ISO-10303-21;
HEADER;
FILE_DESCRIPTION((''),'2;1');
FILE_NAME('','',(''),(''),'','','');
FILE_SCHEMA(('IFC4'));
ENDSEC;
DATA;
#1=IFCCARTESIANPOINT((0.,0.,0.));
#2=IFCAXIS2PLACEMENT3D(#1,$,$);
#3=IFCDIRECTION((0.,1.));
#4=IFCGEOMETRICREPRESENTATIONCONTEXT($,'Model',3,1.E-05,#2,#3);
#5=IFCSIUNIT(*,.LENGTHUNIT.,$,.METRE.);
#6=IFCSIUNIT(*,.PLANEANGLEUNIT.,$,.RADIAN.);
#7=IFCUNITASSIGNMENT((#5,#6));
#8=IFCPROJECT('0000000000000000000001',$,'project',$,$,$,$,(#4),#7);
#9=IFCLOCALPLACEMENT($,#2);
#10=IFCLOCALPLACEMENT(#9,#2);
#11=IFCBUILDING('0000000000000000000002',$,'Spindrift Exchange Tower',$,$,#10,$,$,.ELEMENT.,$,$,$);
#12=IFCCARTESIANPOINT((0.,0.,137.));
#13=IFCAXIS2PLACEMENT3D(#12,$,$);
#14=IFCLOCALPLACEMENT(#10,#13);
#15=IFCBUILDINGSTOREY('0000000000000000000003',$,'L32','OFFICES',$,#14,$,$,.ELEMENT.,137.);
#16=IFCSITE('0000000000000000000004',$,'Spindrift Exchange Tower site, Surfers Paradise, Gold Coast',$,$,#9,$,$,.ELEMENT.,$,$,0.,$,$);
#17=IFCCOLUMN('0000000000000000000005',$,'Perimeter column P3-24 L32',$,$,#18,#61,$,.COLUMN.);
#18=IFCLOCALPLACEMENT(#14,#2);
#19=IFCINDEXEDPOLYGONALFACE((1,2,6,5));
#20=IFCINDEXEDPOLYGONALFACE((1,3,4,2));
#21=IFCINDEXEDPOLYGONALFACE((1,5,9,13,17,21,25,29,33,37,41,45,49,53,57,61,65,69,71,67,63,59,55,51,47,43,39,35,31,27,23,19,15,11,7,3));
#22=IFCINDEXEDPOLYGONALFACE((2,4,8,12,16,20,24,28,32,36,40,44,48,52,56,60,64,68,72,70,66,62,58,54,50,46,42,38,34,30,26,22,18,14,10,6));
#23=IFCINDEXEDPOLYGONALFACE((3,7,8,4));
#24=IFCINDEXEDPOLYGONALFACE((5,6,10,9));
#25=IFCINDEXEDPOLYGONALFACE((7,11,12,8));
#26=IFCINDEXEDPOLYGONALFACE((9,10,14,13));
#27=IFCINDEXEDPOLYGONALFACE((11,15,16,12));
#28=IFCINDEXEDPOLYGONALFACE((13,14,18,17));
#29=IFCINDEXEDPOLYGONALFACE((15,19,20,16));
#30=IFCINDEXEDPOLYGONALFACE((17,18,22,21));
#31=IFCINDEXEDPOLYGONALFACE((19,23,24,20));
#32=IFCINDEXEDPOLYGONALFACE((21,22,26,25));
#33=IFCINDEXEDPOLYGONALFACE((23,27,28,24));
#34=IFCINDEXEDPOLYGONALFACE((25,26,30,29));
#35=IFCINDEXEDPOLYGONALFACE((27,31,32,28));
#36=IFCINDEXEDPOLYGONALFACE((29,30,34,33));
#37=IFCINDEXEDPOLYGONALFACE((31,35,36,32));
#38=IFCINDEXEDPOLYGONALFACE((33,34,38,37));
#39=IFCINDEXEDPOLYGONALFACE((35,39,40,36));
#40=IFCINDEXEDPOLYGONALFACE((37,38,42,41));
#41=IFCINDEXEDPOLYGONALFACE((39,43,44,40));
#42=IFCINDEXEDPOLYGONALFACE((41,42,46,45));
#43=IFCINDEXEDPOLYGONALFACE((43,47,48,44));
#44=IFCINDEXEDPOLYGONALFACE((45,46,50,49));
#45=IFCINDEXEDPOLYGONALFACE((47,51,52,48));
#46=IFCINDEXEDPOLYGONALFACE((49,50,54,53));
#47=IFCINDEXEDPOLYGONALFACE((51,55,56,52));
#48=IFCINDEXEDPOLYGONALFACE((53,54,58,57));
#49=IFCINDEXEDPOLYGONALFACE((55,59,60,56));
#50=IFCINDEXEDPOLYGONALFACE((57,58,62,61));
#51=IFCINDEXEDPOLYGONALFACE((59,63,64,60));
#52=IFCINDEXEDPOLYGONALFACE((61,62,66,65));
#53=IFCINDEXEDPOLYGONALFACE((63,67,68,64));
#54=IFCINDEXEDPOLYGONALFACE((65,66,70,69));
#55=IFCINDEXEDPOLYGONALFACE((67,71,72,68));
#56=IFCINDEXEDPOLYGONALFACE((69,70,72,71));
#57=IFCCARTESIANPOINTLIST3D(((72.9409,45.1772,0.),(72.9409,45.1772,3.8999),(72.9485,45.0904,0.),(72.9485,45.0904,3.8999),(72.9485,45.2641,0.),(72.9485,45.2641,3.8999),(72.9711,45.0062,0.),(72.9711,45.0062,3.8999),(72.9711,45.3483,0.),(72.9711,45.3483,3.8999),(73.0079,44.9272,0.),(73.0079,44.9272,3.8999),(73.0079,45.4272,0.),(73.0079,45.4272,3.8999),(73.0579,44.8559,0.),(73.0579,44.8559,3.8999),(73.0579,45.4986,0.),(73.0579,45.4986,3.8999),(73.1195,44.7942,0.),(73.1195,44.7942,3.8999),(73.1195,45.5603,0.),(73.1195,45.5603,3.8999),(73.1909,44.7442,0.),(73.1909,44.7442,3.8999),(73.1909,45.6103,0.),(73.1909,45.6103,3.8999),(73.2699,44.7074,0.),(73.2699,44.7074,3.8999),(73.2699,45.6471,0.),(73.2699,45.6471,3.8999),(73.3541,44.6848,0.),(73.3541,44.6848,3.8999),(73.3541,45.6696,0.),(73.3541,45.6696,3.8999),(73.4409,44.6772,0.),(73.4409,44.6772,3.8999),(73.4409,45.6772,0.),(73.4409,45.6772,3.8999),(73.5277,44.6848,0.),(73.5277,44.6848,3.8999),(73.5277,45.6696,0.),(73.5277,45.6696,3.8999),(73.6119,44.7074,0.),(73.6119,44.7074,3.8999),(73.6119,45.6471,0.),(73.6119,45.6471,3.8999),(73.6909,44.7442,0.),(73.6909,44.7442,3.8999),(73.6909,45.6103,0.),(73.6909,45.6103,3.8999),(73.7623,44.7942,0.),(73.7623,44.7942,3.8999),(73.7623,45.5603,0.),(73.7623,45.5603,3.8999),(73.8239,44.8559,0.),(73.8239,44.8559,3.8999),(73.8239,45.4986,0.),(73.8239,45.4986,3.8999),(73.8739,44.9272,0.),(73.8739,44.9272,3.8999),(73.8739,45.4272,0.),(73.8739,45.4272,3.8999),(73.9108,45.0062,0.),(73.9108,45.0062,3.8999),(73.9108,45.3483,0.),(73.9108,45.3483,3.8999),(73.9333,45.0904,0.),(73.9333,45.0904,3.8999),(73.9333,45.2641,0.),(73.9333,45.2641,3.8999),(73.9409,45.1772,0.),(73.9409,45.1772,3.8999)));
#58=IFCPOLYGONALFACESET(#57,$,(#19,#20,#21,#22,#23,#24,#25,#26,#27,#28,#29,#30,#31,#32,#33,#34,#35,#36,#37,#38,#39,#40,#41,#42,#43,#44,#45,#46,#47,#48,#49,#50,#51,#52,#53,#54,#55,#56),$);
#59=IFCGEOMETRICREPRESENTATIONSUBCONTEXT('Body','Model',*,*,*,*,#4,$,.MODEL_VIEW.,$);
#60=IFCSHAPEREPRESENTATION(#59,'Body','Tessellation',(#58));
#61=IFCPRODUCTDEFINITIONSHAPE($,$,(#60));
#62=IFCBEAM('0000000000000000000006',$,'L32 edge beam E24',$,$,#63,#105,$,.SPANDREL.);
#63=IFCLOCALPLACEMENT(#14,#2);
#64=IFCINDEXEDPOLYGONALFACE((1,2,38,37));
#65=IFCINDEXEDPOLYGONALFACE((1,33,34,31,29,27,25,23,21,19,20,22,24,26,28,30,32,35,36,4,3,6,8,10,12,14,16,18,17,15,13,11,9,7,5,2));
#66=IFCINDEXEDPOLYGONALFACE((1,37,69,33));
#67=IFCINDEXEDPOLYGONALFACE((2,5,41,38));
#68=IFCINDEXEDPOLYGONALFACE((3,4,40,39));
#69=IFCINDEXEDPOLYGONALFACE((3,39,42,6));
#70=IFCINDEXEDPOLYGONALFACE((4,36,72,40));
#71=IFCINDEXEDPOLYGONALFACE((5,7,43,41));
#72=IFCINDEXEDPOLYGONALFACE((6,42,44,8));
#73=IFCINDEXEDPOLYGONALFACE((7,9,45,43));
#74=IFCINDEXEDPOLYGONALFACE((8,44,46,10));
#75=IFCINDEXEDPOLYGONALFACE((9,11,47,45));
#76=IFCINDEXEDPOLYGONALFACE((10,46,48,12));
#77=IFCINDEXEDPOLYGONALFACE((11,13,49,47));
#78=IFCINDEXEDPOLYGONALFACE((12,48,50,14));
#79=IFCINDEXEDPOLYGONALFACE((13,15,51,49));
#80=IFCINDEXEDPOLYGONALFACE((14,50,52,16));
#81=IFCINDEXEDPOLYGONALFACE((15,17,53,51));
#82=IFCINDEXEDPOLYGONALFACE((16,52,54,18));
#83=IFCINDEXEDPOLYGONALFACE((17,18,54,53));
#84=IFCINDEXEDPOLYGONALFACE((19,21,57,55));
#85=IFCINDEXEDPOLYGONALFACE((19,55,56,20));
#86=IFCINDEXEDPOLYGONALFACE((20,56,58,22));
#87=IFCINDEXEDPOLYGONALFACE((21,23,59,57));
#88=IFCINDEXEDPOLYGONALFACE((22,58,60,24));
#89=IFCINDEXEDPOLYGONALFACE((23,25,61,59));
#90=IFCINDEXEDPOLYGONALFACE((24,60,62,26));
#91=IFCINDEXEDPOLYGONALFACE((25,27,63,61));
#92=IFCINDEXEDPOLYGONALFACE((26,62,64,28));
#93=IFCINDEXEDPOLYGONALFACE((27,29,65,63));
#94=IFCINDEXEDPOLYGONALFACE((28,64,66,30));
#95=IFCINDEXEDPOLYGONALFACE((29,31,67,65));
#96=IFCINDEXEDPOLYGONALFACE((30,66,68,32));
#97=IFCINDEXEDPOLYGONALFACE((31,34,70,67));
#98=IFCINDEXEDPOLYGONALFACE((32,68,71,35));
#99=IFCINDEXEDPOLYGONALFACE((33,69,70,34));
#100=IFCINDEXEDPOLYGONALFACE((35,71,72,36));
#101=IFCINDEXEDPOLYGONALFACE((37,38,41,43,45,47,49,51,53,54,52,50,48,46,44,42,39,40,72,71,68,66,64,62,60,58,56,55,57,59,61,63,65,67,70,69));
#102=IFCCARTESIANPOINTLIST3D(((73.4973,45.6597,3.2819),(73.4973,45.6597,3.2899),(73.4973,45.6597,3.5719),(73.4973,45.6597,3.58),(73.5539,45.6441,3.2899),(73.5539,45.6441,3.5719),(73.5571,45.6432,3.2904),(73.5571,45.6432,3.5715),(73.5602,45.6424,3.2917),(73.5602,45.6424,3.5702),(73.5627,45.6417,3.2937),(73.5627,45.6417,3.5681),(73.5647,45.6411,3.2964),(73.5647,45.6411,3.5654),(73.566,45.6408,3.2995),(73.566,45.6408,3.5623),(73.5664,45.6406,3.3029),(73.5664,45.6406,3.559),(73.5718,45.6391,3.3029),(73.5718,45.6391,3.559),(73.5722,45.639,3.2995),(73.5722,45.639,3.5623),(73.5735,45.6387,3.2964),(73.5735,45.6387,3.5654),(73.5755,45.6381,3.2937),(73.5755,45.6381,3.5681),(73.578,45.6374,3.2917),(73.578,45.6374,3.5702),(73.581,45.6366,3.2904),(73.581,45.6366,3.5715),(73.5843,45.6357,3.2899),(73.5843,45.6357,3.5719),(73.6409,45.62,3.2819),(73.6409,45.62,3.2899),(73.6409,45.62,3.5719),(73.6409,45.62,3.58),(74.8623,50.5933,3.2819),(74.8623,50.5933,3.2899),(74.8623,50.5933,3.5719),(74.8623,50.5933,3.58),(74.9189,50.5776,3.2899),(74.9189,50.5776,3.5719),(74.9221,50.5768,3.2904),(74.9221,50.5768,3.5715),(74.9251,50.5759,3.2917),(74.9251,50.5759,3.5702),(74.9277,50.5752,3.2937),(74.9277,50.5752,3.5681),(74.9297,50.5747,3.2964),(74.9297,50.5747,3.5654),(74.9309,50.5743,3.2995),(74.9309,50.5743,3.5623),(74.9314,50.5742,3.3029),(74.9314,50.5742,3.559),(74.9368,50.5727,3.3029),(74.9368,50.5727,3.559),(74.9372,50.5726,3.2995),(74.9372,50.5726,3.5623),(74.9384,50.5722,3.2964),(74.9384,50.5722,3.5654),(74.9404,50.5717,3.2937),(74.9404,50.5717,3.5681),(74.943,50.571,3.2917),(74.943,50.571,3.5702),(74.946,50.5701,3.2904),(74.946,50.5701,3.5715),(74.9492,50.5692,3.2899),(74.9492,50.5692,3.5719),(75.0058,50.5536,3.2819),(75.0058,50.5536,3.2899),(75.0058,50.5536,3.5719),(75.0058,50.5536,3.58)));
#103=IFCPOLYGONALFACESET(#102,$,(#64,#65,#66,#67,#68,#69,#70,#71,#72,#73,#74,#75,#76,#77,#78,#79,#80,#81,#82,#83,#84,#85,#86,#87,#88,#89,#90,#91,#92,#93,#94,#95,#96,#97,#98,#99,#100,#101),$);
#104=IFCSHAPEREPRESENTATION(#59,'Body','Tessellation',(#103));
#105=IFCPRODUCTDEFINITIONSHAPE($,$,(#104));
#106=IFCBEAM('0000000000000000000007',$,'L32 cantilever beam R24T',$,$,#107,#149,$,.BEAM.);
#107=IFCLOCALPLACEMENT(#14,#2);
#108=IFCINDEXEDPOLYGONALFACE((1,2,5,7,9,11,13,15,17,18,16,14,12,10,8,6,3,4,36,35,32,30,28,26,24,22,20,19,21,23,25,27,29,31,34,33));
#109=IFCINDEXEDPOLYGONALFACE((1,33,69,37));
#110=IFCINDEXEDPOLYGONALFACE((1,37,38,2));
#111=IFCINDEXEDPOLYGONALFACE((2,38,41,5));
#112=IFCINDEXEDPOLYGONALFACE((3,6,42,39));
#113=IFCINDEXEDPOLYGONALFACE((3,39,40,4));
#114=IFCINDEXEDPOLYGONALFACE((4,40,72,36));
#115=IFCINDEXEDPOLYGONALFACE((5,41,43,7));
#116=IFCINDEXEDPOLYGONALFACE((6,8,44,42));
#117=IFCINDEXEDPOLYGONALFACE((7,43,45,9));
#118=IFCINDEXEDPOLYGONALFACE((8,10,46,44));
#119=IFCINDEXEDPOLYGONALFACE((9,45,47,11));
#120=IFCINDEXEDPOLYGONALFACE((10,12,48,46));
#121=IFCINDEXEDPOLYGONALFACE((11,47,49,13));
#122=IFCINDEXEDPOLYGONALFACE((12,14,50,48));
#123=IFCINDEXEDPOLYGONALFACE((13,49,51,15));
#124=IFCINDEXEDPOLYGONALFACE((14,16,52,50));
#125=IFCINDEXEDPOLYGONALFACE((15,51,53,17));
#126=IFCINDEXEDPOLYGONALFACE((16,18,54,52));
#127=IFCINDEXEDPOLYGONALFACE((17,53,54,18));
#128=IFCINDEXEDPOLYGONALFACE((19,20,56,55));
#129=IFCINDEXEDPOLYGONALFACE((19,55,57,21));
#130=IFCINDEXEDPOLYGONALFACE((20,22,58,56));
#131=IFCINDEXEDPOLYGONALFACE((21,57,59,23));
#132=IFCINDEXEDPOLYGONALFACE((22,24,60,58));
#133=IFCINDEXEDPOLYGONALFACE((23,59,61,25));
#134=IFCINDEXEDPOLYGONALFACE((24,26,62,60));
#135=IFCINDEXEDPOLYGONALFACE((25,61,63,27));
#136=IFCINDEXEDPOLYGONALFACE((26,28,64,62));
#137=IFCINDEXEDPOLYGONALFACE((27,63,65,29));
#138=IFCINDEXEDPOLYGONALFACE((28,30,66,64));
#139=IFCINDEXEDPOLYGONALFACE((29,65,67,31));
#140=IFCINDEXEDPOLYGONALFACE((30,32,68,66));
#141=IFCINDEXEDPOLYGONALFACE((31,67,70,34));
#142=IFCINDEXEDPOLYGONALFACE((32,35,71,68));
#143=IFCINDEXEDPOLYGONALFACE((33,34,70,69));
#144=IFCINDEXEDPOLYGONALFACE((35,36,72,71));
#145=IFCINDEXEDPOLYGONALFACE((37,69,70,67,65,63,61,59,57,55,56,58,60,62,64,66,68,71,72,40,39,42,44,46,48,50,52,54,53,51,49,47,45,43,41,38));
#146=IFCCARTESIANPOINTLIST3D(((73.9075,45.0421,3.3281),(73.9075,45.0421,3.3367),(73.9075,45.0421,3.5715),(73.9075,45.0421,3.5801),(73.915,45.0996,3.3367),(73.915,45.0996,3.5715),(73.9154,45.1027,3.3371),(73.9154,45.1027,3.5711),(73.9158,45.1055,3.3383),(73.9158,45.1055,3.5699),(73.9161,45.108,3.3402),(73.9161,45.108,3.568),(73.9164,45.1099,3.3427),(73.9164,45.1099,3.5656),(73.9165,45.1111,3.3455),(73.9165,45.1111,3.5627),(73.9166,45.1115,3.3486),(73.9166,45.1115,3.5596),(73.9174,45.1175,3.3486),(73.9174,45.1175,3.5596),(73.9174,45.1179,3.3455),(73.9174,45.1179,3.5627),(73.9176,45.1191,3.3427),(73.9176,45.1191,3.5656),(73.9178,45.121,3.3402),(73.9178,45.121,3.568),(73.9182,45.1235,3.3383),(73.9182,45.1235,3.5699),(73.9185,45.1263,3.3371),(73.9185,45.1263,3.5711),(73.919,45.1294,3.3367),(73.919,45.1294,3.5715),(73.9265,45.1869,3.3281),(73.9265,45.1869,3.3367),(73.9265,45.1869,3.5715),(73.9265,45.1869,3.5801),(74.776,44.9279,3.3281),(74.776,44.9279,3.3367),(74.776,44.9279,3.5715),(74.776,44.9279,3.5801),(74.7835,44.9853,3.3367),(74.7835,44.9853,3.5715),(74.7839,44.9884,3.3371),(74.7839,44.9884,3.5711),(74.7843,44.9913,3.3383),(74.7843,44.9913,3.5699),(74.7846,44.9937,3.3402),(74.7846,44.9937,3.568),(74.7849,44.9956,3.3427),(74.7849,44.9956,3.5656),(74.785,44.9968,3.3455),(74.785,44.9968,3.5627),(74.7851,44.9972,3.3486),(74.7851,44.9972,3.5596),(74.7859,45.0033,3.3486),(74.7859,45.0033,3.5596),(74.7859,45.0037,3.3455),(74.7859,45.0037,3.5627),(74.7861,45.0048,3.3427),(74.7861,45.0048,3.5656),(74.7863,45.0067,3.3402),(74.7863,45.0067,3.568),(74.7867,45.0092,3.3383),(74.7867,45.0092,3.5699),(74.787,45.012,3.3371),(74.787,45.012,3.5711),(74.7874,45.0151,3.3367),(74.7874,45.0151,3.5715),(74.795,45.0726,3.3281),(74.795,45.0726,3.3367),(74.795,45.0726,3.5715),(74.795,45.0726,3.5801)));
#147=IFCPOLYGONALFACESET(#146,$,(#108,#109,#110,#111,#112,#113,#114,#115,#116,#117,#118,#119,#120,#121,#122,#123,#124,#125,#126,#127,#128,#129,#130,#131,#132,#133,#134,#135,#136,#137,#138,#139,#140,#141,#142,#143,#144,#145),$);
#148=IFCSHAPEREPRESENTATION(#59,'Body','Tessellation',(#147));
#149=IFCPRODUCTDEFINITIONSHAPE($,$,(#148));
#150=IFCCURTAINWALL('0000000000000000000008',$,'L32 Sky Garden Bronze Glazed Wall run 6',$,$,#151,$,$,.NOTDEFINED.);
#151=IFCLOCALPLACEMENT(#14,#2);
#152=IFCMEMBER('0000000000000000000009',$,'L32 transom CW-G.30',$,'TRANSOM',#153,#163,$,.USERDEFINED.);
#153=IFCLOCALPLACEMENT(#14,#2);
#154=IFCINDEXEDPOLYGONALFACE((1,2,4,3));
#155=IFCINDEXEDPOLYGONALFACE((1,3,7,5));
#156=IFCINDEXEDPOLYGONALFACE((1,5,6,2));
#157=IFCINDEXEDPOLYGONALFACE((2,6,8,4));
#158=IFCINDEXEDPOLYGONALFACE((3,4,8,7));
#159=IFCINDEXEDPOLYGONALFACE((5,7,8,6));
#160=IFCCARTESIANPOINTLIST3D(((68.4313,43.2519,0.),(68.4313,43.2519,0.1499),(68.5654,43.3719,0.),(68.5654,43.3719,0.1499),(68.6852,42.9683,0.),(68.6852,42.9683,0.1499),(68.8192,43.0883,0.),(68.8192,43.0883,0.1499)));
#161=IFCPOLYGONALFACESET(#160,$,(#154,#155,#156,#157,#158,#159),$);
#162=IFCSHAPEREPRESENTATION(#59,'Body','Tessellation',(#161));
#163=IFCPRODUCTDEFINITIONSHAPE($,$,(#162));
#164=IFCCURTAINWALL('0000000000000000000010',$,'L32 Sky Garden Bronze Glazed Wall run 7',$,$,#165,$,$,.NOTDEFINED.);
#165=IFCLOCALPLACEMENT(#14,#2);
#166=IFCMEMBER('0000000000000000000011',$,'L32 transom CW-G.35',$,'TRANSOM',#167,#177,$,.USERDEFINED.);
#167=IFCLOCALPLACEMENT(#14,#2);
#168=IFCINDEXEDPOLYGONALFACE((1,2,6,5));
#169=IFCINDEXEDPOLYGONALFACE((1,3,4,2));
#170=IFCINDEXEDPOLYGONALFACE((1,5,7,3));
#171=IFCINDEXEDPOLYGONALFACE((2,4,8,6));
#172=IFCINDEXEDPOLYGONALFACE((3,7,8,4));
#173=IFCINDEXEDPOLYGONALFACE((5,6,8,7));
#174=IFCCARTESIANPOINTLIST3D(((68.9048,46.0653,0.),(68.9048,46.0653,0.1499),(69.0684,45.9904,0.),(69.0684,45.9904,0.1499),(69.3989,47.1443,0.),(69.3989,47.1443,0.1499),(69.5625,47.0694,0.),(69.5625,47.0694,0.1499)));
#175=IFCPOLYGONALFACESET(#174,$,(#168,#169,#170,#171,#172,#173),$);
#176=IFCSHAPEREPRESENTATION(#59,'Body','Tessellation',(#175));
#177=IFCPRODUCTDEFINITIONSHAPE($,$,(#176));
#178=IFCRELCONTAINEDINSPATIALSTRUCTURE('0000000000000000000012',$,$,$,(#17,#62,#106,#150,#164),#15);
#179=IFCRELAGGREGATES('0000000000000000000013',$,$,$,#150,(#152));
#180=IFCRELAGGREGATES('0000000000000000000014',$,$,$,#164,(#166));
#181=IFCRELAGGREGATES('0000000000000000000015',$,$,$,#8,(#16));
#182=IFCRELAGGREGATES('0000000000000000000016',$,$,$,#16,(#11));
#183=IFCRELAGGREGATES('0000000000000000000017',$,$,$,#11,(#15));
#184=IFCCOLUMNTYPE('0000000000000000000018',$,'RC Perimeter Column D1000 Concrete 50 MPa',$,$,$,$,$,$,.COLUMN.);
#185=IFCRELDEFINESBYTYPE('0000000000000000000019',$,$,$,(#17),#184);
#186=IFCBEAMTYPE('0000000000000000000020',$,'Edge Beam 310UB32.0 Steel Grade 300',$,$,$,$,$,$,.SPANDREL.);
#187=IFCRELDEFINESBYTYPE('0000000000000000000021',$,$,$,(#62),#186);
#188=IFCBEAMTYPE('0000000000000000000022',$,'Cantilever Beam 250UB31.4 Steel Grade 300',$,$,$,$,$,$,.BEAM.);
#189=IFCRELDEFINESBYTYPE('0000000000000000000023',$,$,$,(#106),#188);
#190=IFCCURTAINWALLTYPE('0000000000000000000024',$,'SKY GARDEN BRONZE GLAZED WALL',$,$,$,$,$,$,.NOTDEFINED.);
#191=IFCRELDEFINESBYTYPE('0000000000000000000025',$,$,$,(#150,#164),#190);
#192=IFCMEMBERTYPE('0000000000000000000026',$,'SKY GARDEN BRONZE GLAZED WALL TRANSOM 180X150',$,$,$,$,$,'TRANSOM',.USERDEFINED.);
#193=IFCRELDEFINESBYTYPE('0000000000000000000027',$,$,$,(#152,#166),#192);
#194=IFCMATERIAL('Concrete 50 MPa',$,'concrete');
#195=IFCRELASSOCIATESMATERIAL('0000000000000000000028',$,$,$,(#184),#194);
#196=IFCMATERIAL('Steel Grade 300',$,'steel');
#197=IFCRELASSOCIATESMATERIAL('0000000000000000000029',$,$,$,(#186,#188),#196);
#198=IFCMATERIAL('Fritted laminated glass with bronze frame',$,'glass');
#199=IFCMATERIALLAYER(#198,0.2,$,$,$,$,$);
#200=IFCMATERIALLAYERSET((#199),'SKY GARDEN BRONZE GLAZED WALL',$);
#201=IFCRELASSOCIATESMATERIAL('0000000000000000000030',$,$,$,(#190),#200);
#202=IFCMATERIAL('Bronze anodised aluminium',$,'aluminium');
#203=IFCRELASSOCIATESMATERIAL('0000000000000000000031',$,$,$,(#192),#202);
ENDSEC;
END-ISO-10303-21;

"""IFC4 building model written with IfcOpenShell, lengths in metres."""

from ifc_helpers import new_model, si_unit, direction, frame, origin, origin_2d, place, context, subcontext, project, spatial, rectangle, circle, i_section, extrude, source, transform, mapped, material, layer, layer_set, material_profile, profile_set, type_object, element, aggregate, save


model = new_model("IFC4")

# Units and contexts
model_context = context("Model", 3, precision=1e-05, world=origin(), true_north=direction((0.0, 1.0)))
body_context = subcontext(model_context, "Body", "Model", "MODEL_VIEW")
ifc_project = project(units=[si_unit("LENGTHUNIT", "METRE"), si_unit("PLANEANGLEUNIT", "RADIAN")], contexts=[model_context])

# Site, building, storey
site_placement = place(None, origin())
site = spatial("IfcSite", under=ifc_project, at=site_placement, Name="Spindrift Exchange Tower site, Surfers Paradise, Gold Coast", CompositionType="ELEMENT", RefElevation=0.0)
building_placement = place(site_placement, origin())
building = spatial("IfcBuilding", under=site, at=building_placement, Name="Spindrift Exchange Tower", CompositionType="ELEMENT")
storey_placement = place(building_placement, frame((0.0, 0.0, 137.0)))
storey = spatial("IfcBuildingStorey", under=building, at=storey_placement, Name="L32", Description="OFFICES", CompositionType="ELEMENT", Elevation=137.0)

# Column
ifc_material_1 = material(Name="Concrete 50 MPa", Category="concrete")
ifc_material_profile_1 = material_profile(ifc_material_1, circle(Radius=0.5, at=origin_2d()), Name="RC D1000")
ifc_profile_set_1 = profile_set([ifc_material_profile_1], Name="Concrete 50 MPa")
column_type = type_object("IfcColumnType", Name="RC Perimeter Column D1000 Concrete 50 MPa", PredefinedType="COLUMN", material=ifc_profile_set_1)
shared_shape_1 = source(origin(), body_context, "Body", "SweptSolid", [
    extrude(circle(Radius=0.5, at=origin_2d()), origin(), (0.0, 0.0, 1.0), 3.8999),
])
column_placement = place(storey_placement, frame((73.4409, 45.1772, 0.0), z_axis=(0.0, 0.0, 1.0), x_axis=(1.0, 0.0, 0.0)))
element("IfcColumn", 1, at=column_placement, inside=storey, type_object=column_type, Name="Perimeter column P3-24 L32", PredefinedType="COLUMN", context=body_context, shape_type="MappedRepresentation", body=[
    mapped(shared_shape_1, transform((0.0, 0.0, 0.0), scale=1.0)),
])

# Beams
ifc_material_2 = material(Name="Steel Grade 300", Category="steel")
ifc_material_profile_2 = material_profile(ifc_material_2, i_section(OverallWidth=0.1489, OverallDepth=0.2981, WebThickness=0.0056, FlangeThickness=0.0081, FilletRadius=0.0129, at=origin_2d()), Name="310UB32.0")
ifc_profile_set_2 = profile_set([ifc_material_profile_2], Name="Steel Grade 300")
beam_type_1 = type_object("IfcBeamType", Name="Edge Beam 310UB32.0 Steel Grade 300", PredefinedType="SPANDREL", material=ifc_profile_set_2)
shared_shape_2 = source(origin(), body_context, "Body", "SweptSolid", [
    extrude(i_section(OverallWidth=0.1489, OverallDepth=0.2981, WebThickness=0.0056, FlangeThickness=0.0081, FilletRadius=0.0129, at=origin_2d()), origin(), (0.0, 0.0, 1.0), 5.1189),
])
beam_1_placement = place(storey_placement, frame((73.5691, 45.6399, 3.4309), z_axis=(0.266655, 0.963792, 0.0), x_axis=(-0.963792, 0.266655, 0.0)))
element("IfcBeam", 2, at=beam_1_placement, inside=storey, type_object=beam_type_1, Name="L32 edge beam E24", PredefinedType="SPANDREL", context=body_context, shape_type="MappedRepresentation", body=[
    mapped(shared_shape_2, transform((0.0, 0.0, 0.0), scale=1.0)),
])
ifc_material_profile_3 = material_profile(ifc_material_2, i_section(OverallWidth=0.146, OverallDepth=0.252, WebThickness=0.0061, FlangeThickness=0.0085, FilletRadius=0.012, at=origin_2d()), Name="250UB31.4")
ifc_profile_set_3 = profile_set([ifc_material_profile_3], Name="Steel Grade 300")
beam_type_2 = type_object("IfcBeamType", Name="Cantilever Beam 250UB31.4 Steel Grade 300", PredefinedType="BEAM", material=ifc_profile_set_3)
shared_shape_3 = source(origin(), body_context, "Body", "SweptSolid", [
    extrude(i_section(OverallWidth=0.146, OverallDepth=0.252, WebThickness=0.0061, FlangeThickness=0.0085, FilletRadius=0.012, at=origin_2d()), origin(), (0.0, 0.0, 1.0), 0.876),
])
beam_2_placement = place(storey_placement, frame((73.917, 45.1145, 3.4541), z_axis=(0.991455, -0.130447, 0.0), x_axis=(0.130447, 0.991455, 0.0)))
element("IfcBeam", 3, at=beam_2_placement, inside=storey, type_object=beam_type_2, Name="L32 cantilever beam R24T", PredefinedType="BEAM", context=body_context, shape_type="MappedRepresentation", body=[
    mapped(shared_shape_3, transform((0.0, 0.0, 0.0), scale=1.0)),
])

# Curtain wall, member
ifc_material_3 = material(Name="Fritted laminated glass with bronze frame", Category="glass")
ifc_layer_1 = layer(ifc_material_3, 0.2)
ifc_layer_set_1 = layer_set([ifc_layer_1], Name="SKY GARDEN BRONZE GLAZED WALL")
curtain_wall_type = type_object("IfcCurtainWallType", Name="SKY GARDEN BRONZE GLAZED WALL", PredefinedType="NOTDEFINED", material=ifc_layer_set_1)
curtain_wall_1_placement = place(storey_placement, origin())
curtain_wall_1 = element("IfcCurtainWall", 4, at=curtain_wall_1_placement, inside=storey, type_object=curtain_wall_type, Name="L32 Sky Garden Bronze Glazed Wall run 6", PredefinedType="NOTDEFINED")
ifc_material_4 = material(Name="Bronze anodised aluminium", Category="aluminium")
ifc_material_profile_4 = material_profile(ifc_material_4, rectangle(XDim=0.1799, YDim=0.1499, at=origin_2d()), Name="SKY GARDEN BRONZE GLAZED WALL TRANSOM 180X150")
ifc_profile_set_4 = profile_set([ifc_material_profile_4], Name="Bronze anodised aluminium")
member_type_1 = type_object("IfcMemberType", Name="SKY GARDEN BRONZE GLAZED WALL TRANSOM 180X150", ElementType="TRANSOM", PredefinedType="USERDEFINED", material=ifc_profile_set_4)
shared_shape_4 = source(origin(), body_context, "Body", "SweptSolid", [
    extrude(rectangle(XDim=0.1799, YDim=0.1499, at=origin_2d()), origin(), (0.0, 0.0, 1.0), 0.3806),
])
member_1_placement = place(storey_placement, frame((68.7522, 43.0283, 0.075), z_axis=(-0.666907, 0.745141, 0.0), x_axis=(-0.745141, -0.666907, 0.0)))
member_1 = element("IfcMember", 5, at=member_1_placement, type_object=member_type_1, Name="L32 transom CW-G.30", ObjectType="TRANSOM", PredefinedType="USERDEFINED", context=body_context, shape_type="MappedRepresentation", body=[
    mapped(shared_shape_4, transform((0.0, 0.0, 0.0), scale=1.0)),
])

# Curtain wall, member
curtain_wall_2_placement = place(storey_placement, origin())
curtain_wall_2 = element("IfcCurtainWall", 6, at=curtain_wall_2_placement, inside=storey, type_object=curtain_wall_type, Name="L32 Sky Garden Bronze Glazed Wall run 7", PredefinedType="NOTDEFINED")
shared_shape_5 = source(origin(), body_context, "Body", "SweptSolid", [
    extrude(rectangle(XDim=0.1799, YDim=0.1499, at=origin_2d()), origin(), (0.0, 0.0, 1.0), 1.1868),
])
member_2_placement = place(storey_placement, frame((68.9866, 46.0278, 0.075), z_axis=(0.416343, 0.909208, 0.0), x_axis=(-0.909208, 0.416343, 0.0)))
member_2 = element("IfcMember", 7, at=member_2_placement, type_object=member_type_1, Name="L32 transom CW-G.35", ObjectType="TRANSOM", PredefinedType="USERDEFINED", context=body_context, shape_type="MappedRepresentation", body=[
    mapped(shared_shape_5, transform((0.0, 0.0, 0.0), scale=1.0)),
])

aggregate(curtain_wall_1, [member_1])
aggregate(curtain_wall_2, [member_2])

save(model, "model.ifc")
